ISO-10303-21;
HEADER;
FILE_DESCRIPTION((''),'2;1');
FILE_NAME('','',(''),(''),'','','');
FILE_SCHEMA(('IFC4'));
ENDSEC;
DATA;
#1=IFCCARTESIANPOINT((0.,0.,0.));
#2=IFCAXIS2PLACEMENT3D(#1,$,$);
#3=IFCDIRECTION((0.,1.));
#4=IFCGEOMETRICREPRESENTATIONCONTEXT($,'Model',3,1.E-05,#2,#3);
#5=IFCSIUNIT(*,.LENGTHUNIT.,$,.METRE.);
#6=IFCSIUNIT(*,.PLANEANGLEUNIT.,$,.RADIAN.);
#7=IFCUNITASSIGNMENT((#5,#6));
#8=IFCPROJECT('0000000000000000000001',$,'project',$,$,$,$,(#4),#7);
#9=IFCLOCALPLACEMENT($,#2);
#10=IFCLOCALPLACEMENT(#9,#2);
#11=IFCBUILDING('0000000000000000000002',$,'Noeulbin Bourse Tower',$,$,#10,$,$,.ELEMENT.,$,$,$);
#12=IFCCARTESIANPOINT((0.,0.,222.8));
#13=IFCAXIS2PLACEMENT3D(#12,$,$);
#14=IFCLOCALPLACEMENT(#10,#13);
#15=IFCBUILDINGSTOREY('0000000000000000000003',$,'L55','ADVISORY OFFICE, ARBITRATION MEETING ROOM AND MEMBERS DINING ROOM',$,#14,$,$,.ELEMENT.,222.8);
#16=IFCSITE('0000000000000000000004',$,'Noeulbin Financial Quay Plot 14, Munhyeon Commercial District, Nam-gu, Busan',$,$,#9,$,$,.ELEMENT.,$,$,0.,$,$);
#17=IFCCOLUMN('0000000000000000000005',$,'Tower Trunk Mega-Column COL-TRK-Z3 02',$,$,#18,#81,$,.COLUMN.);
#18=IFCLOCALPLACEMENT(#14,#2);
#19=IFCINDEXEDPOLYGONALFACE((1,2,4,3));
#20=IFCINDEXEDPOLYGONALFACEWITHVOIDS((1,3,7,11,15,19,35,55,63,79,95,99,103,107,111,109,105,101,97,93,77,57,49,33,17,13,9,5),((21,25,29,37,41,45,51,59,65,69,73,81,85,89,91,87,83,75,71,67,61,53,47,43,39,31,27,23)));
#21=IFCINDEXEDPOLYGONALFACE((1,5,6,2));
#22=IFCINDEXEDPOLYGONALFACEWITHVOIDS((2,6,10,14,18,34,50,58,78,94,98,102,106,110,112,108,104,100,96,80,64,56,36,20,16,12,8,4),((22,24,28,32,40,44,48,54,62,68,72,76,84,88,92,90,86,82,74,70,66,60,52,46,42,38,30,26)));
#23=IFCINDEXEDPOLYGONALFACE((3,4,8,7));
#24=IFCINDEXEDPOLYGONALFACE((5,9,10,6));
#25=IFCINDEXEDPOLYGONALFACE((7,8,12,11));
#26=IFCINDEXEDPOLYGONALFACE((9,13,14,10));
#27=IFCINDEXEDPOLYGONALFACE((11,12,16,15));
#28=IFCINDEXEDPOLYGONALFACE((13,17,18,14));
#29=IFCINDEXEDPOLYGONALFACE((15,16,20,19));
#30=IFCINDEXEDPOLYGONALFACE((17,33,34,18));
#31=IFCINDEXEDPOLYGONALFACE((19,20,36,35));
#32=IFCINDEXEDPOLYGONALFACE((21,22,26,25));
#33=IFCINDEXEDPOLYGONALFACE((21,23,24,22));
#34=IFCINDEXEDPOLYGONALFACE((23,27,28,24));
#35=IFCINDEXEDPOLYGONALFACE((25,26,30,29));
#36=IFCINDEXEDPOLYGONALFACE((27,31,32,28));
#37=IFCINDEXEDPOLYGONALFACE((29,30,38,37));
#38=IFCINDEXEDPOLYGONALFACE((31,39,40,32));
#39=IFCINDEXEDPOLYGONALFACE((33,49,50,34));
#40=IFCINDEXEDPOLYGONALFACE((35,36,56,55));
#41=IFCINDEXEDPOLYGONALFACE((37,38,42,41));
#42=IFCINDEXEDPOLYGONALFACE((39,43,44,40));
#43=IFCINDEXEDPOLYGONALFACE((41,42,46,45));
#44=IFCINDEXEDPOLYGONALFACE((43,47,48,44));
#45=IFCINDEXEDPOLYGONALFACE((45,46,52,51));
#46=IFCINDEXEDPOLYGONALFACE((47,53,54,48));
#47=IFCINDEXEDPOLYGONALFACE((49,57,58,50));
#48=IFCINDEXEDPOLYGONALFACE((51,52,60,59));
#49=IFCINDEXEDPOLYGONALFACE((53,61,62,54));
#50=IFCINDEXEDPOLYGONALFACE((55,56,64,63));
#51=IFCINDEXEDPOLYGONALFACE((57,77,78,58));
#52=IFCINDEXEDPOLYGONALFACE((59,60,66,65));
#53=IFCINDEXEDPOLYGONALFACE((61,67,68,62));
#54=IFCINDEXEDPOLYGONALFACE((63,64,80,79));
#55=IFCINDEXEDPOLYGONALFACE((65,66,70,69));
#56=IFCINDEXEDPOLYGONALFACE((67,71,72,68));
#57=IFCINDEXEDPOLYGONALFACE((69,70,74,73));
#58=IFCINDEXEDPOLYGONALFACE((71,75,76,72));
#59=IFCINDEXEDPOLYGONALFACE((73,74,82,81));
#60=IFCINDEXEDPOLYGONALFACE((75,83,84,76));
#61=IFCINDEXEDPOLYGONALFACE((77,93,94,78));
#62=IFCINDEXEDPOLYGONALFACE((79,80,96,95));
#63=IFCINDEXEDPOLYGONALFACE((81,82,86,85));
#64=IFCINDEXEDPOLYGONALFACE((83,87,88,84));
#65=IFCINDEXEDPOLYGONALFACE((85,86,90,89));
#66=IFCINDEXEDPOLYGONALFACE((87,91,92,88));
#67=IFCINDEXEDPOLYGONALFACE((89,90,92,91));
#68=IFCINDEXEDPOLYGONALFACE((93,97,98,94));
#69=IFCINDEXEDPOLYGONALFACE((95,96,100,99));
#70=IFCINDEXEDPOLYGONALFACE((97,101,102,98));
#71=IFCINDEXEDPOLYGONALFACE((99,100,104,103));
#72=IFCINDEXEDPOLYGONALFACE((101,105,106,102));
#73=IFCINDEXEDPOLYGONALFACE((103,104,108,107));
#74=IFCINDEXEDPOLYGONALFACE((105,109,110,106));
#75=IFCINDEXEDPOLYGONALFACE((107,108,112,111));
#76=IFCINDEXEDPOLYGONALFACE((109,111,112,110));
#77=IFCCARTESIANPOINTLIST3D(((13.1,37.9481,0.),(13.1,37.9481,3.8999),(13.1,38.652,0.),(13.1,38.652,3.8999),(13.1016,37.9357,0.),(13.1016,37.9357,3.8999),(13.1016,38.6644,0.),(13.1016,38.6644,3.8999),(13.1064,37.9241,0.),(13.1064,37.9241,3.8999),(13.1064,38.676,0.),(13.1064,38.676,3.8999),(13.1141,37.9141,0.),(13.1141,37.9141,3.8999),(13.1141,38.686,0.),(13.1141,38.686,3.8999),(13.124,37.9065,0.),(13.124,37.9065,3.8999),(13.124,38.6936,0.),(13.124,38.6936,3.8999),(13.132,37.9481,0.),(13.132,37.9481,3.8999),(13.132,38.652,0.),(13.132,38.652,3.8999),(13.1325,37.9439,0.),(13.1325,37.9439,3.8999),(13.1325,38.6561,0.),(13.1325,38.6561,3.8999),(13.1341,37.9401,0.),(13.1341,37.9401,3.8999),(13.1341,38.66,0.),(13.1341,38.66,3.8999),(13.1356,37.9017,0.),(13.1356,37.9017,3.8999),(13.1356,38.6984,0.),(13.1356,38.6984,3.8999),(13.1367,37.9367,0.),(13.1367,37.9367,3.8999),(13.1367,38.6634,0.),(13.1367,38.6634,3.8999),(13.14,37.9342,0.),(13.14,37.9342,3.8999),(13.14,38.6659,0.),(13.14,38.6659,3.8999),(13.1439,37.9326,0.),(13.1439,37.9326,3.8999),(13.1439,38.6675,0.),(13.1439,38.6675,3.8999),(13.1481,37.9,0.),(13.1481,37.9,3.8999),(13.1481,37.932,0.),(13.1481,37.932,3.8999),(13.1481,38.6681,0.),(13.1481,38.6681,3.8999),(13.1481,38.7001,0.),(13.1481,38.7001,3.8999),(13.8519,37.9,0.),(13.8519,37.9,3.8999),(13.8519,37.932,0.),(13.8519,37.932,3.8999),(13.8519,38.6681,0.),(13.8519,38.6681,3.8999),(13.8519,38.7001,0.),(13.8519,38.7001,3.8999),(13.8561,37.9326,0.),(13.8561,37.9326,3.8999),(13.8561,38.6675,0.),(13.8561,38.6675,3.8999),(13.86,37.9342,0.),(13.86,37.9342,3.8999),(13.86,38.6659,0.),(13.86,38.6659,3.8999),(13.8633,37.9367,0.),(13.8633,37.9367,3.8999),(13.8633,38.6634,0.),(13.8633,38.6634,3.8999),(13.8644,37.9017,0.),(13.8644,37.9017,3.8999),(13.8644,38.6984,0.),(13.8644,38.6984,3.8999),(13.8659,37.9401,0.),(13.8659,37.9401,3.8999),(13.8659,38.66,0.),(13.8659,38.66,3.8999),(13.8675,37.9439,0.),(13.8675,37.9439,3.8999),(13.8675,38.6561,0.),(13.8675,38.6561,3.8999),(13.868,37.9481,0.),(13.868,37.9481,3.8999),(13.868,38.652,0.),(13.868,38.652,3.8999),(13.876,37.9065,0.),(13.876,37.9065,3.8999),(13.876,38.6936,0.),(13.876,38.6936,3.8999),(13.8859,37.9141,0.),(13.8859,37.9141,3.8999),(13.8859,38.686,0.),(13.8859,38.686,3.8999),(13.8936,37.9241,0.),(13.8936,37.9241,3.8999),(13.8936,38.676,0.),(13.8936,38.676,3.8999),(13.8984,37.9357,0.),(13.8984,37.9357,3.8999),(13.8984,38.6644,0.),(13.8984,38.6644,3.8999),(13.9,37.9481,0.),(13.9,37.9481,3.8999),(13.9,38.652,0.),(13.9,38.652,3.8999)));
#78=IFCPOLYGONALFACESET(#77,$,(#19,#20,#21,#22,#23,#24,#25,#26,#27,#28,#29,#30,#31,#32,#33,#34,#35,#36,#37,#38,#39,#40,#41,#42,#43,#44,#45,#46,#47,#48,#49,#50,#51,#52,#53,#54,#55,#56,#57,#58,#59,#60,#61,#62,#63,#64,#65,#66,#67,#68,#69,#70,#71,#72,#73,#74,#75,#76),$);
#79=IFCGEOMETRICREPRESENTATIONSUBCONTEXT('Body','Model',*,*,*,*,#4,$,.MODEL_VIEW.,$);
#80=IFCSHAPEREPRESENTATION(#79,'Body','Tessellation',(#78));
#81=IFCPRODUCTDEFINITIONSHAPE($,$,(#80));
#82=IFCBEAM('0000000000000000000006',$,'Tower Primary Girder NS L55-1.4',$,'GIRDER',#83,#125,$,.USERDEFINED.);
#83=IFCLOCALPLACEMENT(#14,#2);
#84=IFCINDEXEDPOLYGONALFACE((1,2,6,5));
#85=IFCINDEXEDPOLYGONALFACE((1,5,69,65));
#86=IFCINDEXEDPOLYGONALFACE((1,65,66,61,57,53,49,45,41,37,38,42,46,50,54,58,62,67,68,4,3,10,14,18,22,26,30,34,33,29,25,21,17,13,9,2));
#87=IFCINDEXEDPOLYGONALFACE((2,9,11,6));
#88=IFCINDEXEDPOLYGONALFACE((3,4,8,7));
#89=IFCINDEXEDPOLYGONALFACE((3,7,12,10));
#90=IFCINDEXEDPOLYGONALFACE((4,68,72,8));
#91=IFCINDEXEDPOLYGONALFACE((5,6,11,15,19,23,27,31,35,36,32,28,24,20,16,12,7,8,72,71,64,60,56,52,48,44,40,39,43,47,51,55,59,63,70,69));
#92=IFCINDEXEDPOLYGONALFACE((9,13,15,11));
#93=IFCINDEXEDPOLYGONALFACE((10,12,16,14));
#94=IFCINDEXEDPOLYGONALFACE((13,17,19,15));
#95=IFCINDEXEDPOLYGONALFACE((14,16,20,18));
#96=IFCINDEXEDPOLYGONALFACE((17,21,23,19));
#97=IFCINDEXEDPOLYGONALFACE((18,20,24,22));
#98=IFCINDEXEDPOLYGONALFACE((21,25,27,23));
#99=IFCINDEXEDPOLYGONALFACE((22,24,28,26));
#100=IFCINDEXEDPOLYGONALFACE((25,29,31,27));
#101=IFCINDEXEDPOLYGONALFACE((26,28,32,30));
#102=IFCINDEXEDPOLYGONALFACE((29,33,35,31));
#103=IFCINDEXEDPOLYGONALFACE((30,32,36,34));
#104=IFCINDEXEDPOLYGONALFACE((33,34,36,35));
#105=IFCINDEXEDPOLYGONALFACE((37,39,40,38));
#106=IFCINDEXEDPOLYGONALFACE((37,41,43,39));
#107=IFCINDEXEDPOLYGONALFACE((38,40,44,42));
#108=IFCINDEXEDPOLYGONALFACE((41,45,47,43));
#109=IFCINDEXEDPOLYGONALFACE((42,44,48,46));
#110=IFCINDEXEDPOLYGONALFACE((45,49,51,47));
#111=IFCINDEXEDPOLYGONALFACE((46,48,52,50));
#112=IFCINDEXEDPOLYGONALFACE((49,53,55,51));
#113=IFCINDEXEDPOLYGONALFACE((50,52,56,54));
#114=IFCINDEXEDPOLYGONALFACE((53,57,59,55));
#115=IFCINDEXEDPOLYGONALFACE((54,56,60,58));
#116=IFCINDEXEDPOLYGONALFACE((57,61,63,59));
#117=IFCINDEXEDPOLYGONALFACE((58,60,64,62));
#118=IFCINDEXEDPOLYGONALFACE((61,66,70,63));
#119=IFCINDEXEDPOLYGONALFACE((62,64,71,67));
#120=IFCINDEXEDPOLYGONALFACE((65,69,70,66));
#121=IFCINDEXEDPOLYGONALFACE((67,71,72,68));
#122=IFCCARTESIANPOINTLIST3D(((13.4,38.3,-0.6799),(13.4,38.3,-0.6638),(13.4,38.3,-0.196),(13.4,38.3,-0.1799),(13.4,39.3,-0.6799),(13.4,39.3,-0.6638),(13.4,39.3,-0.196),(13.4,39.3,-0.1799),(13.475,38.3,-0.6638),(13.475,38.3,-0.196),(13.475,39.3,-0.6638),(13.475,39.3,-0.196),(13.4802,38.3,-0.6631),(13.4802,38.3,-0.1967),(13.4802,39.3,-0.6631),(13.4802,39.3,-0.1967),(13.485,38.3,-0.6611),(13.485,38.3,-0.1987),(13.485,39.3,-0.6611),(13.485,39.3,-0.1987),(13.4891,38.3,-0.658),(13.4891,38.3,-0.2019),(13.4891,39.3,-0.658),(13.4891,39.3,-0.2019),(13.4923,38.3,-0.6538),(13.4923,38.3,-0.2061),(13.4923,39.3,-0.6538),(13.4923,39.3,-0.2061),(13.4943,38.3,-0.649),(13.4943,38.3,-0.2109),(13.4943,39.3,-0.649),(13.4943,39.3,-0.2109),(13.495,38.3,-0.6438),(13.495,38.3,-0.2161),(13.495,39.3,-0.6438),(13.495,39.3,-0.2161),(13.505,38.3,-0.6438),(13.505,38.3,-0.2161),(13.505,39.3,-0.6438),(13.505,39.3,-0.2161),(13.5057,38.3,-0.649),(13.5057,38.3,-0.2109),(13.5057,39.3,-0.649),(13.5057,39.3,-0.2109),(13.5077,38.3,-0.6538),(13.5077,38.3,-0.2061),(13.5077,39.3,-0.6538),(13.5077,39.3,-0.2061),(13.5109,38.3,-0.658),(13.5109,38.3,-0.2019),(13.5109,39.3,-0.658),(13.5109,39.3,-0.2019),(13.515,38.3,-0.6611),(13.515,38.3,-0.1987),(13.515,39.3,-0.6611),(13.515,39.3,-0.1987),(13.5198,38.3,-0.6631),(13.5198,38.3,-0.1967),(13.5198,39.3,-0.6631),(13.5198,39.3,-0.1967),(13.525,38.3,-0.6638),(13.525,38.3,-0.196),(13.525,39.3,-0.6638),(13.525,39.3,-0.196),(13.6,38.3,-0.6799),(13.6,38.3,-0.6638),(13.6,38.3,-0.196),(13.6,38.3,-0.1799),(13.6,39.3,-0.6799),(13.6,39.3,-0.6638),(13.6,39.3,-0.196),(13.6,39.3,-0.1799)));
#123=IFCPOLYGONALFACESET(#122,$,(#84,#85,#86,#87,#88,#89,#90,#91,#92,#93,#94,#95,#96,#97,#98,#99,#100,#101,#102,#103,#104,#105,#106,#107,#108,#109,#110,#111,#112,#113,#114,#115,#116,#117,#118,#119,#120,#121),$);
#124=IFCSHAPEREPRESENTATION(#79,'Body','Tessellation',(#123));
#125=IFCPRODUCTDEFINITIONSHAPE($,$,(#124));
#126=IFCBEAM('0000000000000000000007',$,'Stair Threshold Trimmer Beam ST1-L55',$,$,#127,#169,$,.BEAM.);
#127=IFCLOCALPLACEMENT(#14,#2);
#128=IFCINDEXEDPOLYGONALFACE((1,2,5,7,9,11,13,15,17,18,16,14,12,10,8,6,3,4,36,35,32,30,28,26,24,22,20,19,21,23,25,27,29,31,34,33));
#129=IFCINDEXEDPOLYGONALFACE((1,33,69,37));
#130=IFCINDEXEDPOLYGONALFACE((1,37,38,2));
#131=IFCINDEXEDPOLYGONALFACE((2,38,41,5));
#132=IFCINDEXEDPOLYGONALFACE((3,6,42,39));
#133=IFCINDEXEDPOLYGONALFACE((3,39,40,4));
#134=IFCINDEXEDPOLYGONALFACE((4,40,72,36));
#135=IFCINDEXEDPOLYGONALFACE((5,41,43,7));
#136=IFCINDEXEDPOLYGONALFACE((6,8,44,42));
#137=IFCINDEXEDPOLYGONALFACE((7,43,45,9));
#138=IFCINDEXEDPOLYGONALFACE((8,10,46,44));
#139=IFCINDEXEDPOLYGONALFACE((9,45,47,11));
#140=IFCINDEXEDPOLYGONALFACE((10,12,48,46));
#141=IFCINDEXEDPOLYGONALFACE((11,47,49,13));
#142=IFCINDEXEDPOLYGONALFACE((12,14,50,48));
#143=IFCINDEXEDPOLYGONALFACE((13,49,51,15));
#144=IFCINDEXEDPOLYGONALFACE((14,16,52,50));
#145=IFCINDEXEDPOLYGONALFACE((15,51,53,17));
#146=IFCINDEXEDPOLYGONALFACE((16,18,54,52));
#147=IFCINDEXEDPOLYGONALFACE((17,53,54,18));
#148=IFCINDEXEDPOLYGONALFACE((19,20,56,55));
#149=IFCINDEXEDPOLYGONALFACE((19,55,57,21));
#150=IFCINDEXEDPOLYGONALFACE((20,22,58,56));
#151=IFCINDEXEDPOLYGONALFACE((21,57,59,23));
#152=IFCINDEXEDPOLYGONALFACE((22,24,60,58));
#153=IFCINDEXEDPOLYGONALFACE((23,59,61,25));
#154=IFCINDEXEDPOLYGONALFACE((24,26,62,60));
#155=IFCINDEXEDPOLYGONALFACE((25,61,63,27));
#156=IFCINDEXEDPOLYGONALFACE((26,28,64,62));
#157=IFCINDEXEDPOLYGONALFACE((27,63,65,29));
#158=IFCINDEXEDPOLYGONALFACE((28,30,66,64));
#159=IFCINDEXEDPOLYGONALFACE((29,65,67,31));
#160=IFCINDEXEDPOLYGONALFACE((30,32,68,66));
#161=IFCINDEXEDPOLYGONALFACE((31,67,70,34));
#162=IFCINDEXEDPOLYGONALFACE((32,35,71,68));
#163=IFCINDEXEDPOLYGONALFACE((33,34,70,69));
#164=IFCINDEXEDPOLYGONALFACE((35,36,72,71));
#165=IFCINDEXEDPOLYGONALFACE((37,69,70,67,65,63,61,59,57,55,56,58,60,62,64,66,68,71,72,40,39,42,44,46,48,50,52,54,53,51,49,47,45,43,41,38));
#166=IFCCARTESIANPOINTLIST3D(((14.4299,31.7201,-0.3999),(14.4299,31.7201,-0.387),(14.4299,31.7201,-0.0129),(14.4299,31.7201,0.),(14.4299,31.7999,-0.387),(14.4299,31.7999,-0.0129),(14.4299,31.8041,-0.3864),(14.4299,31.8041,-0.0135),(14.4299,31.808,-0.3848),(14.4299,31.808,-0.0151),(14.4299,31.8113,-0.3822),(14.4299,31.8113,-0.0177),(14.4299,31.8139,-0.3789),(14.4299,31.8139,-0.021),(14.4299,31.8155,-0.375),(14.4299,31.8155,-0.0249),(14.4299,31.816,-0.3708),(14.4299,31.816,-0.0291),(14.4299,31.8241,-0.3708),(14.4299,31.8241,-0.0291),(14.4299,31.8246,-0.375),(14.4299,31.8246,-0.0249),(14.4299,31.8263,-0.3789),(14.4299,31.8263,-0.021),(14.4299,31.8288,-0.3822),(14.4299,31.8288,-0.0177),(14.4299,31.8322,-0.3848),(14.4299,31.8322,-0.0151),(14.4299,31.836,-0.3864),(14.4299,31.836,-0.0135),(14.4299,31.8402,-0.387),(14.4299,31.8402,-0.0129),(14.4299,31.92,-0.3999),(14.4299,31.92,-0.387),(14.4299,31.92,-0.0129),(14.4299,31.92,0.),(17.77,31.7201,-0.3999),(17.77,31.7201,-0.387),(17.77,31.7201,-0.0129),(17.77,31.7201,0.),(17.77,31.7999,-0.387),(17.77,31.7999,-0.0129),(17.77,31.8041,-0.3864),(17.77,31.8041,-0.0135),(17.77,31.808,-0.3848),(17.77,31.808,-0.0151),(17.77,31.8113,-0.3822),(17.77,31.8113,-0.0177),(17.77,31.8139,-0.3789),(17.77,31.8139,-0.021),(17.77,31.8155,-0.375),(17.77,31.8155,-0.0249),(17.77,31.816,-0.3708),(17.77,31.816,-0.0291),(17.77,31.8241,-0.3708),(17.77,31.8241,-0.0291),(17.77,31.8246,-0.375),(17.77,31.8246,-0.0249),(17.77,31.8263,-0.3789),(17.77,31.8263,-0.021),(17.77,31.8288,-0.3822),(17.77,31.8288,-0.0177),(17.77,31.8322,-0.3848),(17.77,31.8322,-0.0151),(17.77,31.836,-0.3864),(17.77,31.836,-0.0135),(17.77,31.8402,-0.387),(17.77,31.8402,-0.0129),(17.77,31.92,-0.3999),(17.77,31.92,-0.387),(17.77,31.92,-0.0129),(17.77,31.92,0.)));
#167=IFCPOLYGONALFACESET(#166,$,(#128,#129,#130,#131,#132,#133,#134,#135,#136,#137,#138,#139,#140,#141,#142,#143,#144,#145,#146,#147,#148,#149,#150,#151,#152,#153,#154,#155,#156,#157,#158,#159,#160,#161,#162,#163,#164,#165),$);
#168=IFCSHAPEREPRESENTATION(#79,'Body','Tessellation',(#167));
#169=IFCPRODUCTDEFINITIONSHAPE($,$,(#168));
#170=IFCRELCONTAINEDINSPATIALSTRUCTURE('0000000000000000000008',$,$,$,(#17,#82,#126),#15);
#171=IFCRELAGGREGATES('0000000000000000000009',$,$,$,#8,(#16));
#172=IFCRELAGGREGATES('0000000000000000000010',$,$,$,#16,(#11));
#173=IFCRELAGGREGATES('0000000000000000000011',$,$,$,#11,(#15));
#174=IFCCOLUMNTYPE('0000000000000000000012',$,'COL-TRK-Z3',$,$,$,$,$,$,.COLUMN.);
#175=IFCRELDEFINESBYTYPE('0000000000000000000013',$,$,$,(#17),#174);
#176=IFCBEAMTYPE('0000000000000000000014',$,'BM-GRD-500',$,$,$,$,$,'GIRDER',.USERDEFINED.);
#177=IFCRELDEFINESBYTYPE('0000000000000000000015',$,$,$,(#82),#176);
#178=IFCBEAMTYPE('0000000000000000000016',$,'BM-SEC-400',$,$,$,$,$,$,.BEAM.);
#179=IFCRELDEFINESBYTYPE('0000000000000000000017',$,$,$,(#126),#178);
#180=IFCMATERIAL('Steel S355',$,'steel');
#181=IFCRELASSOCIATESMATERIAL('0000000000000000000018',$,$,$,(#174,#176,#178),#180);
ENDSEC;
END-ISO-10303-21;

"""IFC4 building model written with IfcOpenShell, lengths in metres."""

from ifc_helpers import new_model, si_unit, direction, frame, origin, origin_2d, place, context, subcontext, project, spatial, hollow_rectangle, i_section, extrude, material, material_profile, profile_set, type_object, element, save


model = new_model("IFC4")

# Units and contexts
model_context = context("Model", 3, precision=1e-05, world=origin(), true_north=direction((0.0, 1.0)))
body_context = subcontext(model_context, "Body", "Model", "MODEL_VIEW")
ifc_project = project(units=[si_unit("LENGTHUNIT", "METRE"), si_unit("PLANEANGLEUNIT", "RADIAN")], contexts=[model_context])

# Site, building, storey
site_placement = place(None, origin())
site = spatial("IfcSite", under=ifc_project, at=site_placement, Name="Noeulbin Financial Quay Plot 14, Munhyeon Commercial District, Nam-gu, Busan", CompositionType="ELEMENT", RefElevation=0.0)
building_placement = place(site_placement, origin())
building = spatial("IfcBuilding", under=site, at=building_placement, Name="Noeulbin Bourse Tower", CompositionType="ELEMENT")
storey_placement = place(building_placement, frame((0.0, 0.0, 222.8)))
storey = spatial("IfcBuildingStorey", under=building, at=storey_placement, Name="L55", Description="ADVISORY OFFICE, ARBITRATION MEETING ROOM AND MEMBERS DINING ROOM", CompositionType="ELEMENT", Elevation=222.8)

# Column
ifc_material_1 = material(Name="Steel S355", Category="steel")
ifc_material_profile_1 = material_profile(ifc_material_1, hollow_rectangle(XDim=0.8, YDim=0.8, WallThickness=0.032, InnerFilletRadius=0.0161, OuterFilletRadius=0.0481, at=origin_2d()), Name="BOX-800x800x32", Category="LoadBearing")
ifc_profile_set_1 = profile_set([ifc_material_profile_1], Name="Steel S355")
column_type = type_object("IfcColumnType", Name="COL-TRK-Z3", PredefinedType="COLUMN", material=ifc_profile_set_1)
column_placement = place(storey_placement, frame((13.5, 38.3, 0.0), z_axis=(0.0, 0.0, 1.0), x_axis=(1.0, 0.0, 0.0)))
element("IfcColumn", 1, at=column_placement, inside=storey, type_object=column_type, Name="Tower Trunk Mega-Column COL-TRK-Z3 02", PredefinedType="COLUMN", context=body_context, shape_type="SweptSolid", body=[
    extrude(hollow_rectangle(XDim=0.8, YDim=0.8, WallThickness=0.032, InnerFilletRadius=0.0161, OuterFilletRadius=0.0481, at=origin_2d()), origin(), (0.0, 0.0, 1.0), 3.8999),
])

# Beams
ifc_material_profile_2 = material_profile(ifc_material_1, i_section(OverallWidth=0.2, OverallDepth=0.5, WebThickness=0.01, FlangeThickness=0.0161, FilletRadius=0.02, at=origin_2d()), Name="H-500x200x10x16", Category="LoadBearing")
ifc_profile_set_2 = profile_set([ifc_material_profile_2], Name="Steel S355")
beam_type_1 = type_object("IfcBeamType", Name="BM-GRD-500", ElementType="GIRDER", PredefinedType="USERDEFINED", material=ifc_profile_set_2)
beam_1_placement = place(storey_placement, frame((13.5, 38.3, -0.4299), z_axis=(0.0, 1.0, 0.0), x_axis=(-1.0, 0.0, 0.0)))
element("IfcBeam", 2, at=beam_1_placement, inside=storey, type_object=beam_type_1, Name="Tower Primary Girder NS L55-1.4", ObjectType="GIRDER", PredefinedType="USERDEFINED", context=body_context, shape_type="SweptSolid", body=[
    extrude(i_section(OverallWidth=0.2, OverallDepth=0.5, WebThickness=0.01, FlangeThickness=0.0161, FilletRadius=0.02, at=origin_2d()), origin(), (0.0, 0.0, 1.0), 1.0),
])
ifc_material_profile_3 = material_profile(ifc_material_1, i_section(OverallWidth=0.2, OverallDepth=0.3999, WebThickness=0.0081, FlangeThickness=0.0129, FilletRadius=0.0161, at=origin_2d()), Name="H-400x200x8x13", Category="LoadBearing")
ifc_profile_set_3 = profile_set([ifc_material_profile_3], Name="Steel S355")
beam_type_2 = type_object("IfcBeamType", Name="BM-SEC-400", PredefinedType="BEAM", material=ifc_profile_set_3)
beam_2_placement = place(storey_placement, frame((14.4299, 31.8201, -0.2), z_axis=(1.0, 0.0, 0.0), x_axis=(0.0, 1.0, 0.0)))
element("IfcBeam", 3, at=beam_2_placement, inside=storey, type_object=beam_type_2, Name="Stair Threshold Trimmer Beam ST1-L55", PredefinedType="BEAM", context=body_context, shape_type="SweptSolid", body=[
    extrude(i_section(OverallWidth=0.2, OverallDepth=0.3999, WebThickness=0.0081, FlangeThickness=0.0129, FilletRadius=0.0161, at=origin_2d()), origin(), (0.0, 0.0, 1.0), 3.3401),
])

save(model, "model.ifc")
